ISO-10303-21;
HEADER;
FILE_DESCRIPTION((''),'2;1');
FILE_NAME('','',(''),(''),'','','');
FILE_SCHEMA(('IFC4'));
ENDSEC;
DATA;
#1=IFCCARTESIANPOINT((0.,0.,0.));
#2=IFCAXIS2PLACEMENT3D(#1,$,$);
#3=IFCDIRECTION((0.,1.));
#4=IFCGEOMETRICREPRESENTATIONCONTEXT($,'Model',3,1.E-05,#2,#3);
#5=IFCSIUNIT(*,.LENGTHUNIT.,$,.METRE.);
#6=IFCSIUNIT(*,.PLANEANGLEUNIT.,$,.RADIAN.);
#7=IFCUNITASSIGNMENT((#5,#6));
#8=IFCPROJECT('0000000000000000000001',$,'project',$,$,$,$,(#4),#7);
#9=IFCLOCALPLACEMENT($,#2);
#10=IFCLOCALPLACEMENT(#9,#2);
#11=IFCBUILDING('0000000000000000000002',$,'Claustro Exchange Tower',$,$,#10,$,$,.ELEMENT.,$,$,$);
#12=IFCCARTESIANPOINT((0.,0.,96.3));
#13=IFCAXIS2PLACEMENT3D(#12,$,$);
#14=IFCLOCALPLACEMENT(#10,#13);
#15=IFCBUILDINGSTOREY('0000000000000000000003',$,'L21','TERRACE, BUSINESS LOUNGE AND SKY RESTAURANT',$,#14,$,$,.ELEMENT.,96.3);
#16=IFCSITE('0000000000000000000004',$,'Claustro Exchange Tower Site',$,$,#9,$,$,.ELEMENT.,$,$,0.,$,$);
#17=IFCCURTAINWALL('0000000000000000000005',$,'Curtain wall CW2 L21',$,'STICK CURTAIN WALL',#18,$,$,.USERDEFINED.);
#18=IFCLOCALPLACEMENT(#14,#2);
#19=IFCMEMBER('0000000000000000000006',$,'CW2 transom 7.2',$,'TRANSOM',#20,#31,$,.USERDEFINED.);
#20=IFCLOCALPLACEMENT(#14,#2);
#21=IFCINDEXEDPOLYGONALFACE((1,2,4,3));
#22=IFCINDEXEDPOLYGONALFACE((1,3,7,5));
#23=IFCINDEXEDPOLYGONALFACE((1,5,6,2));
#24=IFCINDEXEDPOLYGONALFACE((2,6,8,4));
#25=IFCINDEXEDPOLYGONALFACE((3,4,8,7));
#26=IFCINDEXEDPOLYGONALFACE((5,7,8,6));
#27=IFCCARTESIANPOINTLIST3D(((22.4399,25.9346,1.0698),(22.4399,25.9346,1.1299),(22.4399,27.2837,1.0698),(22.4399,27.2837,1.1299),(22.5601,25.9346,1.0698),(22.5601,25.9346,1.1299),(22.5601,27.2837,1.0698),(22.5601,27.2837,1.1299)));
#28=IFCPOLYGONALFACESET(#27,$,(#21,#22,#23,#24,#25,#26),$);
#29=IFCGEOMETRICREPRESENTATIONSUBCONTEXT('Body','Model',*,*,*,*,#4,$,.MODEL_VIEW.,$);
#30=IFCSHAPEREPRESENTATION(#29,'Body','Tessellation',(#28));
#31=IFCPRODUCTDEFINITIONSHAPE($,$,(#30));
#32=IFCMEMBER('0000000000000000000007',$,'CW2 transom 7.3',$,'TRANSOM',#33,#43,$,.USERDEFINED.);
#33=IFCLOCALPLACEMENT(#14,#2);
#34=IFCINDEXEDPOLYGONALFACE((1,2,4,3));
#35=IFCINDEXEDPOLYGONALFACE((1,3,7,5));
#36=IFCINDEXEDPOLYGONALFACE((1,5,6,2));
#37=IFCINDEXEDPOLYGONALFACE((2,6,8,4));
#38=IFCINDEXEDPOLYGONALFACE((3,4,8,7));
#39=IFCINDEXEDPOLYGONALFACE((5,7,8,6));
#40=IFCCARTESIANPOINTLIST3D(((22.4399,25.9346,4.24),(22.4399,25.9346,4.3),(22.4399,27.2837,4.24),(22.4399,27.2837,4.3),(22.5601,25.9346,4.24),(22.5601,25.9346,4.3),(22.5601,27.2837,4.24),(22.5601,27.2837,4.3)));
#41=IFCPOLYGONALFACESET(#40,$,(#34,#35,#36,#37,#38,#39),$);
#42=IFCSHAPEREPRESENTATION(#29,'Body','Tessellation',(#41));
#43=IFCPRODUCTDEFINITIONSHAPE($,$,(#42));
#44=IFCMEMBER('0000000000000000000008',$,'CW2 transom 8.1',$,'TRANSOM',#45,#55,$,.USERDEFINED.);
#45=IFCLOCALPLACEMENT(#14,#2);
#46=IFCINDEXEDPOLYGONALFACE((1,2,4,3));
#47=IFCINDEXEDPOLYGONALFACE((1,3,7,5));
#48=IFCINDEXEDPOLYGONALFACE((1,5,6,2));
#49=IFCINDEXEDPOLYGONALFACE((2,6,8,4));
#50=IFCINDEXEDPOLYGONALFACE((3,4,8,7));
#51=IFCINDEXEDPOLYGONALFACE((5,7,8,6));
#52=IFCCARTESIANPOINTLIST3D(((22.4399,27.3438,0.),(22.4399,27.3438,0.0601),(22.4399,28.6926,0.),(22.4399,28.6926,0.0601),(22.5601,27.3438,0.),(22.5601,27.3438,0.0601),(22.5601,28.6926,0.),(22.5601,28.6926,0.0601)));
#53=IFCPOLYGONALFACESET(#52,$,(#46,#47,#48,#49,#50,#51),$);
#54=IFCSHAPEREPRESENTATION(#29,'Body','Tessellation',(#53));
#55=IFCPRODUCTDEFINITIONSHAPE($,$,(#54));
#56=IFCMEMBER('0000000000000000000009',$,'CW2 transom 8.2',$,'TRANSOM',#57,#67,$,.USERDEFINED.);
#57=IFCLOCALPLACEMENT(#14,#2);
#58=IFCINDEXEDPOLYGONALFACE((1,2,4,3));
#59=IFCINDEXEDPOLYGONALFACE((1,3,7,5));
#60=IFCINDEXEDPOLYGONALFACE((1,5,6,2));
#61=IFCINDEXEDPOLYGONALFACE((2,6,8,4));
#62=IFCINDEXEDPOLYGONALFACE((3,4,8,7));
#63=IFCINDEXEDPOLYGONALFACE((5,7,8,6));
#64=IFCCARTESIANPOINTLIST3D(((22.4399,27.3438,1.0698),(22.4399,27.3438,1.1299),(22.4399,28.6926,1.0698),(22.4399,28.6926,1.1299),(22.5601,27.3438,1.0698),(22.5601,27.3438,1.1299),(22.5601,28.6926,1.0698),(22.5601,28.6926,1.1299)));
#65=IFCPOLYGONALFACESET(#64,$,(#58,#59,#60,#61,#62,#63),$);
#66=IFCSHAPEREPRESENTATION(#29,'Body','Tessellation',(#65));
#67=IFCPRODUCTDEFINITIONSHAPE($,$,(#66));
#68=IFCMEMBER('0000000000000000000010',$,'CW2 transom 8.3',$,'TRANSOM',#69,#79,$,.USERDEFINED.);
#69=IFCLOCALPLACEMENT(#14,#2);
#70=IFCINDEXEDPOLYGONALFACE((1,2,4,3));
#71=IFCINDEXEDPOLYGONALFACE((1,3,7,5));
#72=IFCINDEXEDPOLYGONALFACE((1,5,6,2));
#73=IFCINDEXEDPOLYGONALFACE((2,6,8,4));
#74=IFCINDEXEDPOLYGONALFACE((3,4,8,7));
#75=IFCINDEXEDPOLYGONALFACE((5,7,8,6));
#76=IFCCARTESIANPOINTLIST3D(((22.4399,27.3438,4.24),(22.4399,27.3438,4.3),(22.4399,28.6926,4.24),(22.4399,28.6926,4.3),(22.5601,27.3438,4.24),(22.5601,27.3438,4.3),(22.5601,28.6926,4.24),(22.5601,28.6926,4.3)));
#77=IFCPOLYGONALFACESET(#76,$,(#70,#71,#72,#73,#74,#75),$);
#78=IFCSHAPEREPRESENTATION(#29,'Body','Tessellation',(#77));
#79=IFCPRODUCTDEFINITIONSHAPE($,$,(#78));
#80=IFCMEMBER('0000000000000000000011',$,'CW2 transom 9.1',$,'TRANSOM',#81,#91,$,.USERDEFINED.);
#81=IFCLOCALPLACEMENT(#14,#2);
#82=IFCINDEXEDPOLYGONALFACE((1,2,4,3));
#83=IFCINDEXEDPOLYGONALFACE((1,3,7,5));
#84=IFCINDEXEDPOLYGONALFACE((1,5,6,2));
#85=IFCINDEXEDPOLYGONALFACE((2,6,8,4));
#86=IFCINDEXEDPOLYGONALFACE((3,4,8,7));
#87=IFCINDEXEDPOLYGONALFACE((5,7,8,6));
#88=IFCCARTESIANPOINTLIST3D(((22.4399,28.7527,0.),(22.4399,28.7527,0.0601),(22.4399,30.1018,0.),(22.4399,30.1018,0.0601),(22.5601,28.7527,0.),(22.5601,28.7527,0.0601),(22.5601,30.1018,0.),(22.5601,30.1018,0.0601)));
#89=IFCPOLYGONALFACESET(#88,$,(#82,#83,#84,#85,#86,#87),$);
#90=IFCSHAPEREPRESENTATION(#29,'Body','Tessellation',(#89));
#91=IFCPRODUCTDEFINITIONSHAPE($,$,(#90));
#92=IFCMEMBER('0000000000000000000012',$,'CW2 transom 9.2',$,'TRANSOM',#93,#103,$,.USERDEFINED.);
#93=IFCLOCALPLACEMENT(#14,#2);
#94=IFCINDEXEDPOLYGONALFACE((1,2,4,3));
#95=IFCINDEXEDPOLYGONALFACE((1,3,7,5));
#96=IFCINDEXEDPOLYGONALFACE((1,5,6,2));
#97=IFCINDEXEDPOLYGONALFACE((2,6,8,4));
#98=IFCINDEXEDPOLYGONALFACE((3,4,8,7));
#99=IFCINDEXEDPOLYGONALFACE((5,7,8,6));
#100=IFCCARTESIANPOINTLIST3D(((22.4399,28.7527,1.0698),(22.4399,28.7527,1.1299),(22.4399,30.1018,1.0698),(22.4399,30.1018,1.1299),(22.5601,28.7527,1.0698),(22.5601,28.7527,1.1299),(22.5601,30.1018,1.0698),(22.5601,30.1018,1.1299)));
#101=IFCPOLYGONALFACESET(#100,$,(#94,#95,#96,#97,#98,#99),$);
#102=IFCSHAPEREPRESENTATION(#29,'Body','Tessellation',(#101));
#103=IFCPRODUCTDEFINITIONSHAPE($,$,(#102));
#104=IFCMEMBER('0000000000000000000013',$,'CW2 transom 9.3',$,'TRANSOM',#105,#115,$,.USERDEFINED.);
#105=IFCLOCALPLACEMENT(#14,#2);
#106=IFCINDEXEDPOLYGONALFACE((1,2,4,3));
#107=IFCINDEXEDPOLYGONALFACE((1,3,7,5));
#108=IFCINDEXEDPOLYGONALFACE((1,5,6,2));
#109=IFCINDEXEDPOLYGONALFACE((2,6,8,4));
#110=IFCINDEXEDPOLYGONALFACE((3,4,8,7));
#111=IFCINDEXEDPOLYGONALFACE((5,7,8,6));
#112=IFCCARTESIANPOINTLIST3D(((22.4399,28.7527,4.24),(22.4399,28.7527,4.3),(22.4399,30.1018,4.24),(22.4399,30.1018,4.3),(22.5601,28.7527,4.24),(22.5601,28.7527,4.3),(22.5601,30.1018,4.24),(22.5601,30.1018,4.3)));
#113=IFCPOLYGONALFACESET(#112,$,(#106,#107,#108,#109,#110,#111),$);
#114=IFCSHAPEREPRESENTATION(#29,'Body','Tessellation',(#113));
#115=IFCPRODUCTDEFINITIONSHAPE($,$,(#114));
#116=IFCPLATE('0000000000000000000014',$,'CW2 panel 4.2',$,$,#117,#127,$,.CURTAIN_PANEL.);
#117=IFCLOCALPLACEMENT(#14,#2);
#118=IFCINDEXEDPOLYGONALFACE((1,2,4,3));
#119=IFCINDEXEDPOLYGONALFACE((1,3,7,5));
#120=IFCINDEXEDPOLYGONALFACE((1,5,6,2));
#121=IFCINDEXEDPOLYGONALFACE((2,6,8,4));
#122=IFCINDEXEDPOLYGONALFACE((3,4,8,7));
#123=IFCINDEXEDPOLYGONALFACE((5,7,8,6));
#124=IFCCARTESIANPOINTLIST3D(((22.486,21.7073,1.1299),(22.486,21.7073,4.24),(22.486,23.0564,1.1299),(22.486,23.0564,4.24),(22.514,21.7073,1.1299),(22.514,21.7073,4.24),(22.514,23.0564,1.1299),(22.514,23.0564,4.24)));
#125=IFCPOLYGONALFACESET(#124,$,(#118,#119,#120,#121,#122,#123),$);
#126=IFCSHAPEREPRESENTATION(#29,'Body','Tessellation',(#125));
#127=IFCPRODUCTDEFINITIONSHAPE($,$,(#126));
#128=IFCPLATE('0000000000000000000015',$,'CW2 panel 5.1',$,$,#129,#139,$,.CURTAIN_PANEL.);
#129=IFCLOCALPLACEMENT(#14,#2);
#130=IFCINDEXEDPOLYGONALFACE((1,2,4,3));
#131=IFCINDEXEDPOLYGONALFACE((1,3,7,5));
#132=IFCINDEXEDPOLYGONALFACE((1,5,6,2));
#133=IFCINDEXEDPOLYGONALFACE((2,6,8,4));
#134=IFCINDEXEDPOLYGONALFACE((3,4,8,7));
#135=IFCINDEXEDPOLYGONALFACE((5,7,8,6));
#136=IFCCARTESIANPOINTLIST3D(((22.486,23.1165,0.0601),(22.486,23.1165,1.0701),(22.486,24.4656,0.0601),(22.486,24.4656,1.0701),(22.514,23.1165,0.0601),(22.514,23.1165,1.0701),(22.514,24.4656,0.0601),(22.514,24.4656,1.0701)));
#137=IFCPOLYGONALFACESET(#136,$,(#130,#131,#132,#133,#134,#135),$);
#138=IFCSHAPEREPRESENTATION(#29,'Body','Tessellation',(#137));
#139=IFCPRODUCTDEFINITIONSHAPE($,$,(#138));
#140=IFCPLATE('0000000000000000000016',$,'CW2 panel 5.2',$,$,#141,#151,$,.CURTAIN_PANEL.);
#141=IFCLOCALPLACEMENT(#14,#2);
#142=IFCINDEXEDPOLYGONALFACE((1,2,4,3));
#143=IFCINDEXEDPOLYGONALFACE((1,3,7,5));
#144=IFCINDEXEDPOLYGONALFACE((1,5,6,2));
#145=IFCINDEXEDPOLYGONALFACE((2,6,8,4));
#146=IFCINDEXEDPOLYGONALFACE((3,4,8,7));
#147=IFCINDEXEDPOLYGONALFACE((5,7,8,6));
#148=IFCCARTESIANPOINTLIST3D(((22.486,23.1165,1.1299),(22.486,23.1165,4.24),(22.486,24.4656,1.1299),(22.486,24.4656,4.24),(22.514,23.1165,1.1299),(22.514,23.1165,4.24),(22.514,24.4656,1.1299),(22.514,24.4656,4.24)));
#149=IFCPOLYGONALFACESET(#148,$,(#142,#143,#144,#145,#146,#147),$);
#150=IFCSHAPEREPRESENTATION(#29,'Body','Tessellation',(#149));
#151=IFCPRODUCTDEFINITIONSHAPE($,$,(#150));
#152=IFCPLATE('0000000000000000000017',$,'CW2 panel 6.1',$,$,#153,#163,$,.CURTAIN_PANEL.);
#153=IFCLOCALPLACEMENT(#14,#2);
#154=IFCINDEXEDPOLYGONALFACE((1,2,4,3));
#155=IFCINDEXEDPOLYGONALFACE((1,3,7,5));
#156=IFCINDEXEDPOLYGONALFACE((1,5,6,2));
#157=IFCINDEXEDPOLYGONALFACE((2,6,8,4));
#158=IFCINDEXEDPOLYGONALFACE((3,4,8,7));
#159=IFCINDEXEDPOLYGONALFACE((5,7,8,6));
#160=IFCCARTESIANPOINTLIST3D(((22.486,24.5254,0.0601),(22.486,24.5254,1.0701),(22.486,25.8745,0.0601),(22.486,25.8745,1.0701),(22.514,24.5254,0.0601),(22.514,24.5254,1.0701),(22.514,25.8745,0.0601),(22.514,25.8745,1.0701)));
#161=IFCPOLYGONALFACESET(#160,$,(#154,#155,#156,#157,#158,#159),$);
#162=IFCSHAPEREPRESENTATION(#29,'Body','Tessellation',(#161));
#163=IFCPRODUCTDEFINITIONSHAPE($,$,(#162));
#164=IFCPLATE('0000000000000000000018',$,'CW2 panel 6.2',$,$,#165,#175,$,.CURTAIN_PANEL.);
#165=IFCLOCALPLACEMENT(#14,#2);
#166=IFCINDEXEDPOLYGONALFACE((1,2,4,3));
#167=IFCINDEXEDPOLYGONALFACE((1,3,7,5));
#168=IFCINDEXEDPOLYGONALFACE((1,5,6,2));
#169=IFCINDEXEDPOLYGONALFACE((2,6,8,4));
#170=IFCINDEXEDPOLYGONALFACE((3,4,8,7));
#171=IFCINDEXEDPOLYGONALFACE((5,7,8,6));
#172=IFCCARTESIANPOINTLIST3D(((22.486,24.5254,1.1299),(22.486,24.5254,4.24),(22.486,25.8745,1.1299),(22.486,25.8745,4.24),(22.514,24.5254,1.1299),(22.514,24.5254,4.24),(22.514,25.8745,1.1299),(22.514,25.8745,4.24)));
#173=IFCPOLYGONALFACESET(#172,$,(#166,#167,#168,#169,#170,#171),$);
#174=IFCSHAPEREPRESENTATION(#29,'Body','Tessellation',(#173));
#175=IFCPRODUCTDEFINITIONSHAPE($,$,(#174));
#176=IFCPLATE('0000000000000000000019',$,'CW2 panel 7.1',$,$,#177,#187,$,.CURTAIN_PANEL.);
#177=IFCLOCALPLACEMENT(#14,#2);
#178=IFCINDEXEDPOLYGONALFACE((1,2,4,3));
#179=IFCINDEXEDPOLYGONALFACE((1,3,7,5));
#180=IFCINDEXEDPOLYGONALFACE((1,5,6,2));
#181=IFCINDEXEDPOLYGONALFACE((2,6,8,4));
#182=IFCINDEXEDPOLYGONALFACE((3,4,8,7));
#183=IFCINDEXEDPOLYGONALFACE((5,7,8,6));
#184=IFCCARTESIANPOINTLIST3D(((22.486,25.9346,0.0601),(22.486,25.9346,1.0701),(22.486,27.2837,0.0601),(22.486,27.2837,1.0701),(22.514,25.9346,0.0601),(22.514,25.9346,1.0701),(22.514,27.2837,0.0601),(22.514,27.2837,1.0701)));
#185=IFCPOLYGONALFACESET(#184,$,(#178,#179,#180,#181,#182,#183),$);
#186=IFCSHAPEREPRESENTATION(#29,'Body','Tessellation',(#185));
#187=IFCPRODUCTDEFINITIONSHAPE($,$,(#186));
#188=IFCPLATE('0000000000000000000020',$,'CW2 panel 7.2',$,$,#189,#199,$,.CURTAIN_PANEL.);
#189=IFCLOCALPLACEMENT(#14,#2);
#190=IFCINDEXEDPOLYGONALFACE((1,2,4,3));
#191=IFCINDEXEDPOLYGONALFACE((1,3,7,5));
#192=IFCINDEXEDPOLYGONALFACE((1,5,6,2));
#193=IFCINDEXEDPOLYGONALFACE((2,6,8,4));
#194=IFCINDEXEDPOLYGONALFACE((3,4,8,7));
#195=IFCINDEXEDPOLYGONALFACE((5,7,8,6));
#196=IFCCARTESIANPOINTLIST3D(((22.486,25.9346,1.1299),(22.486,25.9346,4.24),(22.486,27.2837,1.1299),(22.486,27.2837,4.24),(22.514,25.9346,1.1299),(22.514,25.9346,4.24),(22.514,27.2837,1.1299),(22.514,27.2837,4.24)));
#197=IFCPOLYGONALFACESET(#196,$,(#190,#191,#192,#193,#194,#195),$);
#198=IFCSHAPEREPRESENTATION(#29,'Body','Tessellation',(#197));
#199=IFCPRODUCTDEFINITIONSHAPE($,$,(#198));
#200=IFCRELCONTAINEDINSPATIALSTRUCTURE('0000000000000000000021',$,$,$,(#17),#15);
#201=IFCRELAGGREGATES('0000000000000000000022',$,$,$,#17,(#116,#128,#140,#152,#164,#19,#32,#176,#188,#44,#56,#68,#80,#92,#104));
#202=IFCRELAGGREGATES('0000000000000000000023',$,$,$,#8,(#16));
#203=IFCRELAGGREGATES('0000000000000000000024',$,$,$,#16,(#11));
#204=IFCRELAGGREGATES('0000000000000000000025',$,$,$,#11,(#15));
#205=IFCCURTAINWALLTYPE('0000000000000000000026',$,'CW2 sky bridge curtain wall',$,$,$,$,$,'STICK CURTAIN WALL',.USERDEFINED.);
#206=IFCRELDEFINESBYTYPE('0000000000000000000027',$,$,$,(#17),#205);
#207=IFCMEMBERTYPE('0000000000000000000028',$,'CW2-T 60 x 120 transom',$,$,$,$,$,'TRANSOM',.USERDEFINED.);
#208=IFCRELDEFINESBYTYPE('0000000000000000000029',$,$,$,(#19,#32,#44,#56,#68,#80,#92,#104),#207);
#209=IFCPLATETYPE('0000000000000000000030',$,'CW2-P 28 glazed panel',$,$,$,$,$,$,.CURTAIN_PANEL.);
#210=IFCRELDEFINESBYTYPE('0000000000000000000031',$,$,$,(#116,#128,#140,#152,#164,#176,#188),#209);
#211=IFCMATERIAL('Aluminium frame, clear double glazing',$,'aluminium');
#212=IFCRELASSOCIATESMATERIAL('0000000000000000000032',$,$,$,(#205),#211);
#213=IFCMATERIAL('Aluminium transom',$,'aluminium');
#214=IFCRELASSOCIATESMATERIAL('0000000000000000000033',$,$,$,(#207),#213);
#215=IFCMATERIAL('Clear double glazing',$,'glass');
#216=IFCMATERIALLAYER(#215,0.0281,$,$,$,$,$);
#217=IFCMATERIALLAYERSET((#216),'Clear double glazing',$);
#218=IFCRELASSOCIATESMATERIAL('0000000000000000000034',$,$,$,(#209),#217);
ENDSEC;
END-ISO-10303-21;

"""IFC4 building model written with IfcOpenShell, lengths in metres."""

from ifc_helpers import new_model, si_unit, direction, frame, origin, origin_2d, place, context, subcontext, project, spatial, rectangle, extrude, material, layer, layer_set, material_profile, profile_set, type_object, element, aggregate, save


model = new_model("IFC4")

# Units and contexts
model_context = context("Model", 3, precision=1e-05, world=origin(), true_north=direction((0.0, 1.0)))
body_context = subcontext(model_context, "Body", "Model", "MODEL_VIEW")
ifc_project = project(units=[si_unit("LENGTHUNIT", "METRE"), si_unit("PLANEANGLEUNIT", "RADIAN")], contexts=[model_context])

# Site, building, storey
site_placement = place(None, origin())
site = spatial("IfcSite", under=ifc_project, at=site_placement, Name="Claustro Exchange Tower Site", CompositionType="ELEMENT", RefElevation=0.0)
building_placement = place(site_placement, origin())
building = spatial("IfcBuilding", under=site, at=building_placement, Name="Claustro Exchange Tower", CompositionType="ELEMENT")
storey_placement = place(building_placement, frame((0.0, 0.0, 96.3)))
storey = spatial("IfcBuildingStorey", under=building, at=storey_placement, Name="L21", Description="TERRACE, BUSINESS LOUNGE AND SKY RESTAURANT", CompositionType="ELEMENT", Elevation=96.3)

# Curtain wall, members, plates
ifc_material_1 = material(Name="Aluminium frame, clear double glazing", Category="aluminium")
curtain_wall_type = type_object("IfcCurtainWallType", Name="CW2 sky bridge curtain wall", ElementType="STICK CURTAIN WALL", PredefinedType="USERDEFINED", material=ifc_material_1)
curtain_wall_placement = place(storey_placement, origin())
curtain_wall = element("IfcCurtainWall", 1, at=curtain_wall_placement, inside=storey, type_object=curtain_wall_type, Name="Curtain wall CW2 L21", ObjectType="STICK CURTAIN WALL", PredefinedType="USERDEFINED")
ifc_material_2 = material(Name="Aluminium transom", Category="aluminium")
ifc_material_profile_1 = material_profile(ifc_material_2, rectangle(XDim=0.1201, YDim=0.0601, at=origin_2d()), Name="CW2-T 60x120")
ifc_profile_set_1 = profile_set([ifc_material_profile_1], Name="Aluminium transom")
member_type_1 = type_object("IfcMemberType", Name="CW2-T 60 x 120 transom", ElementType="TRANSOM", PredefinedType="USERDEFINED", material=ifc_profile_set_1)
member_1_placement = place(storey_placement, frame((22.5, 25.9346, 1.0999), z_axis=(0.0, 1.0, 0.0), x_axis=(-1.0, 0.0, 0.0)))
member_1 = element("IfcMember", 2, at=member_1_placement, type_object=member_type_1, Name="CW2 transom 7.2", ObjectType="TRANSOM", PredefinedType="USERDEFINED", context=body_context, shape_type="SweptSolid", body=[
    extrude(rectangle(XDim=0.1201, YDim=0.0601, at=origin_2d()), origin(), (0.0, 0.0, 1.0), 1.3491),
])
member_2_placement = place(storey_placement, frame((22.5, 25.9346, 4.27), z_axis=(0.0, 1.0, 0.0), x_axis=(-1.0, 0.0, 0.0)))
member_2 = element("IfcMember", 3, at=member_2_placement, type_object=member_type_1, Name="CW2 transom 7.3", ObjectType="TRANSOM", PredefinedType="USERDEFINED", context=body_context, shape_type="SweptSolid", body=[
    extrude(rectangle(XDim=0.1201, YDim=0.0601, at=origin_2d()), origin(), (0.0, 0.0, 1.0), 1.3491),
])
member_3_placement = place(storey_placement, frame((22.5, 27.3438, 0.03), z_axis=(0.0, 1.0, 0.0), x_axis=(-1.0, 0.0, 0.0)))
member_3 = element("IfcMember", 4, at=member_3_placement, type_object=member_type_1, Name="CW2 transom 8.1", ObjectType="TRANSOM", PredefinedType="USERDEFINED", context=body_context, shape_type="SweptSolid", body=[
    extrude(rectangle(XDim=0.1201, YDim=0.0601, at=origin_2d()), origin(), (0.0, 0.0, 1.0), 1.3489),
])
member_4_placement = place(storey_placement, frame((22.5, 27.3438, 1.0999), z_axis=(0.0, 1.0, 0.0), x_axis=(-1.0, 0.0, 0.0)))
member_4 = element("IfcMember", 5, at=member_4_placement, type_object=member_type_1, Name="CW2 transom 8.2", ObjectType="TRANSOM", PredefinedType="USERDEFINED", context=body_context, shape_type="SweptSolid", body=[
    extrude(rectangle(XDim=0.1201, YDim=0.0601, at=origin_2d()), origin(), (0.0, 0.0, 1.0), 1.3489),
])
member_5_placement = place(storey_placement, frame((22.5, 27.3438, 4.27), z_axis=(0.0, 1.0, 0.0), x_axis=(-1.0, 0.0, 0.0)))
member_5 = element("IfcMember", 6, at=member_5_placement, type_object=member_type_1, Name="CW2 transom 8.3", ObjectType="TRANSOM", PredefinedType="USERDEFINED", context=body_context, shape_type="SweptSolid", body=[
    extrude(rectangle(XDim=0.1201, YDim=0.0601, at=origin_2d()), origin(), (0.0, 0.0, 1.0), 1.3489),
])
member_6_placement = place(storey_placement, frame((22.5, 28.7527, 0.03), z_axis=(0.0, 1.0, 0.0), x_axis=(-1.0, 0.0, 0.0)))
member_6 = element("IfcMember", 7, at=member_6_placement, type_object=member_type_1, Name="CW2 transom 9.1", ObjectType="TRANSOM", PredefinedType="USERDEFINED", context=body_context, shape_type="SweptSolid", body=[
    extrude(rectangle(XDim=0.1201, YDim=0.0601, at=origin_2d()), origin(), (0.0, 0.0, 1.0), 1.3491),
])
member_7_placement = place(storey_placement, frame((22.5, 28.7527, 1.0999), z_axis=(0.0, 1.0, 0.0), x_axis=(-1.0, 0.0, 0.0)))
member_7 = element("IfcMember", 8, at=member_7_placement, type_object=member_type_1, Name="CW2 transom 9.2", ObjectType="TRANSOM", PredefinedType="USERDEFINED", context=body_context, shape_type="SweptSolid", body=[
    extrude(rectangle(XDim=0.1201, YDim=0.0601, at=origin_2d()), origin(), (0.0, 0.0, 1.0), 1.3491),
])
member_8_placement = place(storey_placement, frame((22.5, 28.7527, 4.27), z_axis=(0.0, 1.0, 0.0), x_axis=(-1.0, 0.0, 0.0)))
member_8 = element("IfcMember", 9, at=member_8_placement, type_object=member_type_1, Name="CW2 transom 9.3", ObjectType="TRANSOM", PredefinedType="USERDEFINED", context=body_context, shape_type="SweptSolid", body=[
    extrude(rectangle(XDim=0.1201, YDim=0.0601, at=origin_2d()), origin(), (0.0, 0.0, 1.0), 1.3491),
])
ifc_material_3 = material(Name="Clear double glazing", Category="glass")
ifc_layer = layer(ifc_material_3, 0.0281)
ifc_layer_set = layer_set([ifc_layer], Name="Clear double glazing")
plate_type = type_object("IfcPlateType", Name="CW2-P 28 glazed panel", PredefinedType="CURTAIN_PANEL", material=ifc_layer_set)
plate_1_placement = place(storey_placement, frame((22.5, 22.3818, 1.1299), z_axis=(0.0, 0.0, 1.0), x_axis=(0.0, 1.0, 0.0)))
plate_1 = element("IfcPlate", 10, at=plate_1_placement, type_object=plate_type, Name="CW2 panel 4.2", PredefinedType="CURTAIN_PANEL", context=body_context, shape_type="SweptSolid", body=[
    extrude(rectangle(XDim=1.3491, YDim=0.0281, at=origin_2d()), origin(), (0.0, 0.0, 1.0), 3.1101),
])
plate_2_placement = place(storey_placement, frame((22.5, 23.791, 0.0601), z_axis=(0.0, 0.0, 1.0), x_axis=(0.0, 1.0, 0.0)))
plate_2 = element("IfcPlate", 11, at=plate_2_placement, type_object=plate_type, Name="CW2 panel 5.1", PredefinedType="CURTAIN_PANEL", context=body_context, shape_type="SweptSolid", body=[
    extrude(rectangle(XDim=1.3491, YDim=0.0281, at=origin_2d()), origin(), (0.0, 0.0, 1.0), 1.01),
])
plate_3_placement = place(storey_placement, frame((22.5, 23.791, 1.1299), z_axis=(0.0, 0.0, 1.0), x_axis=(0.0, 1.0, 0.0)))
plate_3 = element("IfcPlate", 12, at=plate_3_placement, type_object=plate_type, Name="CW2 panel 5.2", PredefinedType="CURTAIN_PANEL", context=body_context, shape_type="SweptSolid", body=[
    extrude(rectangle(XDim=1.3491, YDim=0.0281, at=origin_2d()), origin(), (0.0, 0.0, 1.0), 3.1101),
])
plate_4_placement = place(storey_placement, frame((22.5, 25.2, 0.0601), z_axis=(0.0, 0.0, 1.0), x_axis=(0.0, 1.0, 0.0)))
plate_4 = element("IfcPlate", 13, at=plate_4_placement, type_object=plate_type, Name="CW2 panel 6.1", PredefinedType="CURTAIN_PANEL", context=body_context, shape_type="SweptSolid", body=[
    extrude(rectangle(XDim=1.3491, YDim=0.0281, at=origin_2d()), origin(), (0.0, 0.0, 1.0), 1.01),
])
plate_5_placement = place(storey_placement, frame((22.5, 25.2, 1.1299), z_axis=(0.0, 0.0, 1.0), x_axis=(0.0, 1.0, 0.0)))
plate_5 = element("IfcPlate", 14, at=plate_5_placement, type_object=plate_type, Name="CW2 panel 6.2", PredefinedType="CURTAIN_PANEL", context=body_context, shape_type="SweptSolid", body=[
    extrude(rectangle(XDim=1.3491, YDim=0.0281, at=origin_2d()), origin(), (0.0, 0.0, 1.0), 3.1101),
])
plate_6_placement = place(storey_placement, frame((22.5, 26.6091, 0.0601), z_axis=(0.0, 0.0, 1.0), x_axis=(0.0, 1.0, 0.0)))
plate_6 = element("IfcPlate", 15, at=plate_6_placement, type_object=plate_type, Name="CW2 panel 7.1", PredefinedType="CURTAIN_PANEL", context=body_context, shape_type="SweptSolid", body=[
    extrude(rectangle(XDim=1.3491, YDim=0.0281, at=origin_2d()), origin(), (0.0, 0.0, 1.0), 1.01),
])
plate_7_placement = place(storey_placement, frame((22.5, 26.6091, 1.1299), z_axis=(0.0, 0.0, 1.0), x_axis=(0.0, 1.0, 0.0)))
plate_7 = element("IfcPlate", 16, at=plate_7_placement, type_object=plate_type, Name="CW2 panel 7.2", PredefinedType="CURTAIN_PANEL", context=body_context, shape_type="SweptSolid", body=[
    extrude(rectangle(XDim=1.3491, YDim=0.0281, at=origin_2d()), origin(), (0.0, 0.0, 1.0), 3.1101),
])
aggregate(curtain_wall, [plate_1, plate_2, plate_3, plate_4, plate_5, member_1, member_2, plate_6, plate_7, member_3, member_4, member_5, member_6, member_7, member_8])

save(model, "model.ifc")
